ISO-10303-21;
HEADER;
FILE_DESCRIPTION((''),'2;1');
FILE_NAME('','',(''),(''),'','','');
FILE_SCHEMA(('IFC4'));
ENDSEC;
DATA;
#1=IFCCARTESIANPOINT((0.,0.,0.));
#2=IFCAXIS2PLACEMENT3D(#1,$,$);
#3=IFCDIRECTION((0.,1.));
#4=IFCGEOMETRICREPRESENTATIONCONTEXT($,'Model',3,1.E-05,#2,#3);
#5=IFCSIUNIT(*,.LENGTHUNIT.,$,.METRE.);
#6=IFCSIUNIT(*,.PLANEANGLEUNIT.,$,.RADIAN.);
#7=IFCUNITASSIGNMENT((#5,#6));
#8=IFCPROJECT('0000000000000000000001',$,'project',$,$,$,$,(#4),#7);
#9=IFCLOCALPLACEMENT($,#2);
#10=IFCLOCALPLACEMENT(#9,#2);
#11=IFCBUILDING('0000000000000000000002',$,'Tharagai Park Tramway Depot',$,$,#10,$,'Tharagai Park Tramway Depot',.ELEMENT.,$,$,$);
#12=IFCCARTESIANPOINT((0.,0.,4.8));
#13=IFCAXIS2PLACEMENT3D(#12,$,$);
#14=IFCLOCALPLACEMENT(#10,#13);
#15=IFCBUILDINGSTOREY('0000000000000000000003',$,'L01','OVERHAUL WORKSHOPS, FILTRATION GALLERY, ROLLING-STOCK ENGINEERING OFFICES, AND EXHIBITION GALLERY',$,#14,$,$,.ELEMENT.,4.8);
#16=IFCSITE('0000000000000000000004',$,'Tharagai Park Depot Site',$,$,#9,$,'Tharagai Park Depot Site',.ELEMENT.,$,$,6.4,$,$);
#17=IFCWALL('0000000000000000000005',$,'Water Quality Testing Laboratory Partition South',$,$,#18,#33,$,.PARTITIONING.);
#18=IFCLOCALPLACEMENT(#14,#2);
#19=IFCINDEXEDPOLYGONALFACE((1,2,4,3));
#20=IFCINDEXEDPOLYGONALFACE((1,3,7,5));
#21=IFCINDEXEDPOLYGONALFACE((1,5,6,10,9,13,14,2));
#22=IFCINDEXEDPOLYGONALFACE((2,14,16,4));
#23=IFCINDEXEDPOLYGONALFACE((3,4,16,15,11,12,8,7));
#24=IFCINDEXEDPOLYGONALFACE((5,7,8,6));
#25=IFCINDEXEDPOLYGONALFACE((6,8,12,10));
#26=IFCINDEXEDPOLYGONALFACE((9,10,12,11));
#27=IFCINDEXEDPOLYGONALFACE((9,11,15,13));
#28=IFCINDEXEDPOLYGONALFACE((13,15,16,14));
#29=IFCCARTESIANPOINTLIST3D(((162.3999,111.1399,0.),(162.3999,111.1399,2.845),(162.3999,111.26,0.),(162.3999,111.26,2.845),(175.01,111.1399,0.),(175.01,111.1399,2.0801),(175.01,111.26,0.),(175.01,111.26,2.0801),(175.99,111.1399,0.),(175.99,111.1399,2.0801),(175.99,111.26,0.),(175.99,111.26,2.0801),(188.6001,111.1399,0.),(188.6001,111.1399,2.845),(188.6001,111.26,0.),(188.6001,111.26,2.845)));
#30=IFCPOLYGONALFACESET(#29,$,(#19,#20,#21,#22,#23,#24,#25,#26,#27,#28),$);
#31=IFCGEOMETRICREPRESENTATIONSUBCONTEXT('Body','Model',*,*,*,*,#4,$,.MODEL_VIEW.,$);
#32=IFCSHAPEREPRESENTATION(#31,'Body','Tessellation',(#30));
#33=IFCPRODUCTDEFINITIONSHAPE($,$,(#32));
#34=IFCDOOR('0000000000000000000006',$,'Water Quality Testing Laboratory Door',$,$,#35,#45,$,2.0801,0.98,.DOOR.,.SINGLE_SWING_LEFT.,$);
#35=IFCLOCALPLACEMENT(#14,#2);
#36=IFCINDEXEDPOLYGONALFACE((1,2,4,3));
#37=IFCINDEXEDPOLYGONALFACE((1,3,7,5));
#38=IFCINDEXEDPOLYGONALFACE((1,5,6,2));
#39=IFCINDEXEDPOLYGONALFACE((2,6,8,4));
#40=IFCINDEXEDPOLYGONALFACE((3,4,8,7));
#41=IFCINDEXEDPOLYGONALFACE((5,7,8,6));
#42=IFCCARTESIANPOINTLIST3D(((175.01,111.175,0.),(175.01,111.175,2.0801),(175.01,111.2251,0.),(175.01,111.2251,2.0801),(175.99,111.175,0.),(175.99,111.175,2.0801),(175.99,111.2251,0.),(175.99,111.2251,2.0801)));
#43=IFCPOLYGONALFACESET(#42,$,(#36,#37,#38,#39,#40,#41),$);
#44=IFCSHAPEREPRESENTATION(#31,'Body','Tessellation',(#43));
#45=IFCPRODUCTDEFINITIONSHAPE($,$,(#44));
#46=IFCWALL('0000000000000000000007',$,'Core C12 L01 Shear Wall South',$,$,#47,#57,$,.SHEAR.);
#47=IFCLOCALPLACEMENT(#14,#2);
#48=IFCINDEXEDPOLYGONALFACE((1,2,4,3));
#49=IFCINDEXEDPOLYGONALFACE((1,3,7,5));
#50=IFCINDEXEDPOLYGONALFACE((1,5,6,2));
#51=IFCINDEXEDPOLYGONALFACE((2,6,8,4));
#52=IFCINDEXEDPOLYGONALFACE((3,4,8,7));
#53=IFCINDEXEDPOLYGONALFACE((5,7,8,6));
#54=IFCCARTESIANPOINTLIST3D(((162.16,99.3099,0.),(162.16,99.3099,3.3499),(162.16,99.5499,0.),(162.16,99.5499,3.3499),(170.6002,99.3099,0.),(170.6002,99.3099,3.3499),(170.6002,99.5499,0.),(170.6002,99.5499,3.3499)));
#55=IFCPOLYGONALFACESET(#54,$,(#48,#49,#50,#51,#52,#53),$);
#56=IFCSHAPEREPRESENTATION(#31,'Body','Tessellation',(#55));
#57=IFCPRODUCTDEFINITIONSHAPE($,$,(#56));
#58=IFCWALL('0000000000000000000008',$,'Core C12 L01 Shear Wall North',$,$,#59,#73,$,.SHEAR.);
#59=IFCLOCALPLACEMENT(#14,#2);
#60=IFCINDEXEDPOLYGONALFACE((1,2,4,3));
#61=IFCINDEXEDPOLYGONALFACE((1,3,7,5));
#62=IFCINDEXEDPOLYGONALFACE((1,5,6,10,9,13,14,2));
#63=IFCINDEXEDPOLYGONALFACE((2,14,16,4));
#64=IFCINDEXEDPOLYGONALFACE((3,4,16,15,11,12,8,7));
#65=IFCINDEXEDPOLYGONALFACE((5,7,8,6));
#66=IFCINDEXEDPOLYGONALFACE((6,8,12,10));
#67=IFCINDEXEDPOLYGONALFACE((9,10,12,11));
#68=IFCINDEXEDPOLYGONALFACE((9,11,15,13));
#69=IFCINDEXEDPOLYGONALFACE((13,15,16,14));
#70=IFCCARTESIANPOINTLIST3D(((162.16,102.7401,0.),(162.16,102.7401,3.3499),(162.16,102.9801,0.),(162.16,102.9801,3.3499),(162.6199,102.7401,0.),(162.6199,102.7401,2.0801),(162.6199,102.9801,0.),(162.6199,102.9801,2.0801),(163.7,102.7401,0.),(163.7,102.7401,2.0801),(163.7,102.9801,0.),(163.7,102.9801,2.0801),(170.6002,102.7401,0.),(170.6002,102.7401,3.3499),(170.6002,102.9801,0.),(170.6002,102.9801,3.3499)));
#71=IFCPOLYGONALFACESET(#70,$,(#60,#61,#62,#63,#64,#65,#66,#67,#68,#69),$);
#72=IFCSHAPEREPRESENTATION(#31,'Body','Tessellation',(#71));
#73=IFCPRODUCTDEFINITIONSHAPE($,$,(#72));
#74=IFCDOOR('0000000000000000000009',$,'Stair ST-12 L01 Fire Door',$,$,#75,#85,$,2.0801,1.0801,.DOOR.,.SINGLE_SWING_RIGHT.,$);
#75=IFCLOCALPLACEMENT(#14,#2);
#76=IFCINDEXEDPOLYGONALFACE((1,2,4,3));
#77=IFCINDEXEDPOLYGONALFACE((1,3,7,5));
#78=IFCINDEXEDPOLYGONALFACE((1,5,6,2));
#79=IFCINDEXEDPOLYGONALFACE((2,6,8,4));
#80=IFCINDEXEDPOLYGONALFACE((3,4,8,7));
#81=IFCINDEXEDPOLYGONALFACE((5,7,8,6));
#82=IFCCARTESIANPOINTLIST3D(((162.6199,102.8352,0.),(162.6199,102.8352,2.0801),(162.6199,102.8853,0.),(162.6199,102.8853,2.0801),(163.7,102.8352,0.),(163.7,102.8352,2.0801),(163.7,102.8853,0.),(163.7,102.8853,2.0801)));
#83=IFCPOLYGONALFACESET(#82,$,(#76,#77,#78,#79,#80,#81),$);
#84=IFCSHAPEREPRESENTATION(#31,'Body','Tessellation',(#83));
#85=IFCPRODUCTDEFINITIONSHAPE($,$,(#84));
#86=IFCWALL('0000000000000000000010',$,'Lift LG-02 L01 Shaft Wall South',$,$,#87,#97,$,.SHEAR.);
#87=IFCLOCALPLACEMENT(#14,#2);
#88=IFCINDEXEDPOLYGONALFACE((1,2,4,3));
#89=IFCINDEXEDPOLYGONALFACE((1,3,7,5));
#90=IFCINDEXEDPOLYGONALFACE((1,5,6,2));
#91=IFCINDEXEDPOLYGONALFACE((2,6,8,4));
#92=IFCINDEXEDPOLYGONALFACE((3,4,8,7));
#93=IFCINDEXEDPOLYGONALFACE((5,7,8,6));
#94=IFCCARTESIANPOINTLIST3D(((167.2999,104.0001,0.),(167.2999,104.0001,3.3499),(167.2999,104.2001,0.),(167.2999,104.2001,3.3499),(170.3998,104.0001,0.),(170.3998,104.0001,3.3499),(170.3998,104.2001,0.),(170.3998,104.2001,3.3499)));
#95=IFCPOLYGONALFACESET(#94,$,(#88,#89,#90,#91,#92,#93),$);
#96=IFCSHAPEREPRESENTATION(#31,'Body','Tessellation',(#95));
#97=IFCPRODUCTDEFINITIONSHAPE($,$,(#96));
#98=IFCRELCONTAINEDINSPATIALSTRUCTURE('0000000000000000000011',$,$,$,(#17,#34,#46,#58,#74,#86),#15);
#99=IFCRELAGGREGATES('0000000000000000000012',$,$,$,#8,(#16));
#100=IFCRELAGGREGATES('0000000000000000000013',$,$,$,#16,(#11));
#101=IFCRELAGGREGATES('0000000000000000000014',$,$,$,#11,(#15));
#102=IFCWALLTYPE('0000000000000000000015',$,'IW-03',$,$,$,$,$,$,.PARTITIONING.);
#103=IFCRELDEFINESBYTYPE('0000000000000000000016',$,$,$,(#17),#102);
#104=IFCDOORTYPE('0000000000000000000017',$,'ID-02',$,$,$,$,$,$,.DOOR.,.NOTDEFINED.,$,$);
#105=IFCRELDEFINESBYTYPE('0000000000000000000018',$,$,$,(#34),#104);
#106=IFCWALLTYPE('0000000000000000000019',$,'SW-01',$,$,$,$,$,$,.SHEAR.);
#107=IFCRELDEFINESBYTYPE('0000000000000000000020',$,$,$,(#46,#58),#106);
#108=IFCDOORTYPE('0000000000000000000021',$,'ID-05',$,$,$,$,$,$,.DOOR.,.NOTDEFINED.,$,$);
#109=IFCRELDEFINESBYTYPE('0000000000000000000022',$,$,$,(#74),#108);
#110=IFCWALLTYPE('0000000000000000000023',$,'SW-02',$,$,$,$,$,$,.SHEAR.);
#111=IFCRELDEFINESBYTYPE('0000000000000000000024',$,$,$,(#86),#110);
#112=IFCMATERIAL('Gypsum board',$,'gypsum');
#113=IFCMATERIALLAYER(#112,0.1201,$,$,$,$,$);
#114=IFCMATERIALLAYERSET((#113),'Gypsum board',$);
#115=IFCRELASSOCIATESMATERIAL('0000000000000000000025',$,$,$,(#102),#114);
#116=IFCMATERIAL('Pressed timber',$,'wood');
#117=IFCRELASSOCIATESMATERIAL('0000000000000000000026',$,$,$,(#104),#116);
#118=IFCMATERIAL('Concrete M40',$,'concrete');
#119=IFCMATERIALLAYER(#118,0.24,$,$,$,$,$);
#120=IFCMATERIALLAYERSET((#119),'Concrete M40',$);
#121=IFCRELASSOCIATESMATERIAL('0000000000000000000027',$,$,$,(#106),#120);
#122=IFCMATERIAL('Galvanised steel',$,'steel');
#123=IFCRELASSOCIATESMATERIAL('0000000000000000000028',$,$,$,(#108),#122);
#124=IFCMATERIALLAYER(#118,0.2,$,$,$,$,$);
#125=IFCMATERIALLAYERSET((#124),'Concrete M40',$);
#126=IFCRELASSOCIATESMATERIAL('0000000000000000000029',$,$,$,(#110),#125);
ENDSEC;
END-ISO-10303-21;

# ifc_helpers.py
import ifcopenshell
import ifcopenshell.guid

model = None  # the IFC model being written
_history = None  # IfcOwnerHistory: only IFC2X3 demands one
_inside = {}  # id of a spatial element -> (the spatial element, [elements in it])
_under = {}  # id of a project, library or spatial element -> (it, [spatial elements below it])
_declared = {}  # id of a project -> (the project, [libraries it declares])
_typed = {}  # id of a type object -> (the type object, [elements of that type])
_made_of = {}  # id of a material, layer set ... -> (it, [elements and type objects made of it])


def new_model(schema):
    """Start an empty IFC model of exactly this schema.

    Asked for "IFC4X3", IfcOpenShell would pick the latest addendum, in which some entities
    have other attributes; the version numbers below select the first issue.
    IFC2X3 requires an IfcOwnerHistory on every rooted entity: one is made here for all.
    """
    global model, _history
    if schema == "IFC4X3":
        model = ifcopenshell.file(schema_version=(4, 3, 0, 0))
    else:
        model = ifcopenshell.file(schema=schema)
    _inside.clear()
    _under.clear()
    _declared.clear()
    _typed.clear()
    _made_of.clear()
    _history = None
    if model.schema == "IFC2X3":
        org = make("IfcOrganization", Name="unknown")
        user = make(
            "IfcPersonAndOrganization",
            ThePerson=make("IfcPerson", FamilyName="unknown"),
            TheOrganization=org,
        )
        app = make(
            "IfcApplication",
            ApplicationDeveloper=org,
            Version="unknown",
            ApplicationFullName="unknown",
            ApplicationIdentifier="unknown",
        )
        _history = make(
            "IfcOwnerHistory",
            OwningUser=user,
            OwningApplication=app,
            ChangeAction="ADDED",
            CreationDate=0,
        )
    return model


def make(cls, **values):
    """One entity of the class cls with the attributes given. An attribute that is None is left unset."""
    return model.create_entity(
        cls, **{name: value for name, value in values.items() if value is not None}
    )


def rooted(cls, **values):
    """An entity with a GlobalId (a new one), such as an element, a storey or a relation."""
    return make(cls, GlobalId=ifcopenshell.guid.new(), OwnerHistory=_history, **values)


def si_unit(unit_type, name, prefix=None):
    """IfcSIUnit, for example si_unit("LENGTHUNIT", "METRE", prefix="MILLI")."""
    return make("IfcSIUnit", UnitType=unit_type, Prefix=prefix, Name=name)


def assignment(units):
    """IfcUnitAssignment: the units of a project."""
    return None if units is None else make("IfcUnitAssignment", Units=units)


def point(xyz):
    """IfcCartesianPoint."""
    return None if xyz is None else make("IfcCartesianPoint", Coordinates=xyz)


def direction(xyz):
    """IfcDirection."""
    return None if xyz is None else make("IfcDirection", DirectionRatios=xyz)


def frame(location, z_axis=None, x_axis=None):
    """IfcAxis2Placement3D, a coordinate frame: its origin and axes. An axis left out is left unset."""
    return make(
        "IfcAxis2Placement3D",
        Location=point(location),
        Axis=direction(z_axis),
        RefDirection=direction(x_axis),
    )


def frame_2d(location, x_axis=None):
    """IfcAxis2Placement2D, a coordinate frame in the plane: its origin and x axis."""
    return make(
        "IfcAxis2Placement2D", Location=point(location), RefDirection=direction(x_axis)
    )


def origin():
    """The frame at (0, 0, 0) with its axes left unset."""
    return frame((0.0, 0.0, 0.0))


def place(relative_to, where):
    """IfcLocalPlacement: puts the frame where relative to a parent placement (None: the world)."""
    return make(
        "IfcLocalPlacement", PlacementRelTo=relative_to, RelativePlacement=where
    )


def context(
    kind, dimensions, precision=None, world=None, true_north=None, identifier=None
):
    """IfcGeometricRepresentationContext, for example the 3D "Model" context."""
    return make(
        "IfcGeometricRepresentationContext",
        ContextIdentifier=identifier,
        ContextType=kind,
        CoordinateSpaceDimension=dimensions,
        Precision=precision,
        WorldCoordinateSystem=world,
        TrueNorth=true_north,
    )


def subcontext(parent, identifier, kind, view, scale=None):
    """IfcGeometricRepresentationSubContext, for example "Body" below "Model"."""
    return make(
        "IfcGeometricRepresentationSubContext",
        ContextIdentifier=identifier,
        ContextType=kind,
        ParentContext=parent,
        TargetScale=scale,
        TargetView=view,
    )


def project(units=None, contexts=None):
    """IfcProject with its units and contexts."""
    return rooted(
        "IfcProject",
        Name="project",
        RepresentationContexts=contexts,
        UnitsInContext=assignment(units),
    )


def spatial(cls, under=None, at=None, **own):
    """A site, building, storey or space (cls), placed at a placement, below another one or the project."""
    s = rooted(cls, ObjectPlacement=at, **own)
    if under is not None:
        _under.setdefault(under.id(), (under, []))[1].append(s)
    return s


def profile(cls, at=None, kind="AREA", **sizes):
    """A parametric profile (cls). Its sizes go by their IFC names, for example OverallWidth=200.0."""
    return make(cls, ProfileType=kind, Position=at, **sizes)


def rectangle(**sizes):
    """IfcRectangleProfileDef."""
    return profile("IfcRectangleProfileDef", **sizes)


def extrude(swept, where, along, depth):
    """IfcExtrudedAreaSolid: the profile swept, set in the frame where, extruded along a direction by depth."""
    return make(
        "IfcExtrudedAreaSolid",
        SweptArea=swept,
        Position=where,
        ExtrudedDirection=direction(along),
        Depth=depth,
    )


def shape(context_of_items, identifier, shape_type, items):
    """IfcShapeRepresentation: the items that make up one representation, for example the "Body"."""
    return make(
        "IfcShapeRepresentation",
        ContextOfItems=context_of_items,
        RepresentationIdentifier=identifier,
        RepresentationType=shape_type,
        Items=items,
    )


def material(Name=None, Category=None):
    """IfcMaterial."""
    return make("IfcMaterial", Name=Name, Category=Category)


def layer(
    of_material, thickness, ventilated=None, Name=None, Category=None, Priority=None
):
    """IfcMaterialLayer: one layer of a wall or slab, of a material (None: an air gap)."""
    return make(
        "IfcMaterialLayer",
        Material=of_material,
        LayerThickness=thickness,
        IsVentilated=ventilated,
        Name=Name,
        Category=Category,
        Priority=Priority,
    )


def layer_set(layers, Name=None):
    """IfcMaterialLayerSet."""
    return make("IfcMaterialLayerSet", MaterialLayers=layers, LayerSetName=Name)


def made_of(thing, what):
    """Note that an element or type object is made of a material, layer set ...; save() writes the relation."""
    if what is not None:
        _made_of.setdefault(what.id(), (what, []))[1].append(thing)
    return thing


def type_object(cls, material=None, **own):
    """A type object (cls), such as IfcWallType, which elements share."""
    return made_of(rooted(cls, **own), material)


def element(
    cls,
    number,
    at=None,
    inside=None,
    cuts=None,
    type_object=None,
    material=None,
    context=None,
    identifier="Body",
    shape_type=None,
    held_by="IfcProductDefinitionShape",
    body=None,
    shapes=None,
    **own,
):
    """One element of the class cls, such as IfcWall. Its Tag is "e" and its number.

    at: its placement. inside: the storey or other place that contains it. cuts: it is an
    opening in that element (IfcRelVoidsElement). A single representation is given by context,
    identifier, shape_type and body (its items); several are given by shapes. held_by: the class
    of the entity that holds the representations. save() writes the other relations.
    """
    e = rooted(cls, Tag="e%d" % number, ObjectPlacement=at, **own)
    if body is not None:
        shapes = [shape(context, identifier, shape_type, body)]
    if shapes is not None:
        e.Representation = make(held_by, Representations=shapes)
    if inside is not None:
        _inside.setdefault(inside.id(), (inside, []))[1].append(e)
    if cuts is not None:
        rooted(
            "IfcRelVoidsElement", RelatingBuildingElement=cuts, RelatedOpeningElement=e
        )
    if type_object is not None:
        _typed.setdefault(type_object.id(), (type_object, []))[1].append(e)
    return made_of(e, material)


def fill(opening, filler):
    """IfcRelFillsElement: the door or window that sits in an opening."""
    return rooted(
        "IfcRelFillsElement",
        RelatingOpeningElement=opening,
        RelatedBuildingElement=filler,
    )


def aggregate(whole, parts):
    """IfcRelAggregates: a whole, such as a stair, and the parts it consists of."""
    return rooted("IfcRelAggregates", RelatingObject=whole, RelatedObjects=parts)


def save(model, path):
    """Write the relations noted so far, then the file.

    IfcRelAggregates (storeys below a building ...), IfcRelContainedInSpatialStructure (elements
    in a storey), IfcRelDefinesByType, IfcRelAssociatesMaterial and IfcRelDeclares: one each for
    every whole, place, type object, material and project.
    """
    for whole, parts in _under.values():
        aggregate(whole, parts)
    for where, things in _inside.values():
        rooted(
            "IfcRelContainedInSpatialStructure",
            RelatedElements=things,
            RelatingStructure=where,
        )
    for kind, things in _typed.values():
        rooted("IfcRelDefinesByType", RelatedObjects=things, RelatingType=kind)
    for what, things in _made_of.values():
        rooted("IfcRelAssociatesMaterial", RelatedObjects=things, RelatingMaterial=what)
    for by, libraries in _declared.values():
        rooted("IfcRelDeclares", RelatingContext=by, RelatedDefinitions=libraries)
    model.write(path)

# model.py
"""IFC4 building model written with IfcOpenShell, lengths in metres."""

from ifc_helpers import new_model, si_unit, direction, frame, frame_2d, origin, place, context, subcontext, project, spatial, rectangle, extrude, material, layer, layer_set, type_object, element, fill, save


model = new_model("IFC4")

# Units and contexts
model_context = context("Model", 3, precision=1e-05, world=origin(), true_north=direction((0.0, 1.0)))
body_context = subcontext(model_context, "Body", "Model", "MODEL_VIEW")
ifc_project = project(units=[si_unit("LENGTHUNIT", "METRE"), si_unit("PLANEANGLEUNIT", "RADIAN")], contexts=[model_context])

# Site, building, storey
site_placement = place(None, origin())
site = spatial("IfcSite", under=ifc_project, at=site_placement, Name="Tharagai Park Depot Site", LongName="Tharagai Park Depot Site", CompositionType="ELEMENT", RefElevation=6.4)
building_placement = place(site_placement, origin())
building = spatial("IfcBuilding", under=site, at=building_placement, Name="Tharagai Park Tramway Depot", LongName="Tharagai Park Tramway Depot", CompositionType="ELEMENT")
storey_placement = place(building_placement, frame((0.0, 0.0, 4.8)))
storey = spatial("IfcBuildingStorey", under=building, at=storey_placement, Name="L01", Description="OVERHAUL WORKSHOPS, FILTRATION GALLERY, ROLLING-STOCK ENGINEERING OFFICES, AND EXHIBITION GALLERY", CompositionType="ELEMENT", Elevation=4.8)

# Wall, opening, door
ifc_material_1 = material(Name="Gypsum board", Category="gypsum")
ifc_layer_1 = layer(ifc_material_1, 0.1201)
ifc_layer_set_1 = layer_set([ifc_layer_1], Name="Gypsum board")
wall_type_1 = type_object("IfcWallType", Name="IW-03", PredefinedType="PARTITIONING", material=ifc_layer_set_1)
wall_1_placement = place(storey_placement, frame((162.3999, 111.2, 0.0), z_axis=(0.0, 0.0, 1.0), x_axis=(1.0, 0.0, 0.0)))
wall_1 = element("IfcWall", 1, at=wall_1_placement, inside=storey, type_object=wall_type_1, Name="Water Quality Testing Laboratory Partition South", PredefinedType="PARTITIONING", context=body_context, shape_type="SweptSolid", body=[
    extrude(rectangle(XDim=26.2002, YDim=0.1201, at=frame_2d((13.1001, 0.0))), origin(), (0.0, 0.0, 1.0), 2.845),
])
opening_1_placement = place(wall_1_placement, frame((12.6101, 0.0, 0.0)))
opening_1 = element("IfcOpeningElement", 2, at=opening_1_placement, cuts=wall_1, PredefinedType="OPENING", context=body_context, shape_type="SweptSolid", body=[
    extrude(rectangle(XDim=0.98, YDim=2.0801, at=frame_2d((0.49, 1.04))), frame((0.0, 0.0701, 0.0), z_axis=(0.0, -1.0, 0.0), x_axis=(1.0, 0.0, 0.0)), (0.0, 0.0, 1.0), 0.1401),
])
ifc_material_2 = material(Name="Pressed timber", Category="wood")
door_type_1 = type_object("IfcDoorType", Name="ID-02", OperationType="NOTDEFINED", PredefinedType="DOOR", material=ifc_material_2)
door_1_placement = place(opening_1_placement, frame((0.98, 0.0, 0.0), z_axis=(0.0, 0.0, 1.0), x_axis=(-1.0, 0.0, 0.0)))
door_1 = element("IfcDoor", 3, at=door_1_placement, inside=storey, type_object=door_type_1, Name="Water Quality Testing Laboratory Door", OperationType="SINGLE_SWING_LEFT", OverallHeight=2.0801, OverallWidth=0.98, PredefinedType="DOOR", context=body_context, shape_type="SweptSolid", body=[
    extrude(rectangle(XDim=0.98, YDim=2.0801, at=frame_2d((0.49, 1.04))), frame((0.0, 0.0249, 0.0), z_axis=(0.0, -1.0, 0.0), x_axis=(1.0, 0.0, 0.0)), (0.0, 0.0, 1.0), 0.05),
])
fill(opening_1, door_1)

# Wall
ifc_material_3 = material(Name="Concrete M40", Category="concrete")
ifc_layer_2 = layer(ifc_material_3, 0.24)
ifc_layer_set_2 = layer_set([ifc_layer_2], Name="Concrete M40")
wall_type_2 = type_object("IfcWallType", Name="SW-01", PredefinedType="SHEAR", material=ifc_layer_set_2)
wall_2_placement = place(storey_placement, frame((162.1599, 99.4299, 0.0), z_axis=(0.0, 0.0, 1.0), x_axis=(1.0, 0.0, 0.0)))
element("IfcWall", 4, at=wall_2_placement, inside=storey, type_object=wall_type_2, Name="Core C12 L01 Shear Wall South", PredefinedType="SHEAR", context=body_context, shape_type="SweptSolid", body=[
    extrude(rectangle(XDim=8.4402, YDim=0.24, at=frame_2d((4.2202, 0.0))), origin(), (0.0, 0.0, 1.0), 3.3499),
])

# Wall, opening, door
wall_3_placement = place(storey_placement, frame((162.1599, 102.8601, 0.0), z_axis=(0.0, 0.0, 1.0), x_axis=(1.0, 0.0, 0.0)))
wall_3 = element("IfcWall", 5, at=wall_3_placement, inside=storey, type_object=wall_type_2, Name="Core C12 L01 Shear Wall North", PredefinedType="SHEAR", context=body_context, shape_type="SweptSolid", body=[
    extrude(rectangle(XDim=8.4402, YDim=0.24, at=frame_2d((4.2202, 0.0))), origin(), (0.0, 0.0, 1.0), 3.3499),
])
opening_2_placement = place(wall_3_placement, frame((0.46, 0.0, 0.0)))
opening_2 = element("IfcOpeningElement", 6, at=opening_2_placement, cuts=wall_3, PredefinedType="OPENING", context=body_context, shape_type="SweptSolid", body=[
    extrude(rectangle(XDim=1.0801, YDim=2.0801, at=frame_2d((0.54, 1.04))), frame((0.0, 0.1299, 0.0), z_axis=(0.0, -1.0, 0.0), x_axis=(1.0, 0.0, 0.0)), (0.0, 0.0, 1.0), 0.26),
])
ifc_material_4 = material(Name="Galvanised steel", Category="steel")
door_type_2 = type_object("IfcDoorType", Name="ID-05", OperationType="NOTDEFINED", PredefinedType="DOOR", material=ifc_material_4)
door_2_placement = place(opening_2_placement, frame((1.0801, 0.0, 0.0), z_axis=(0.0, 0.0, 1.0), x_axis=(-1.0, 0.0, 0.0)))
door_2 = element("IfcDoor", 7, at=door_2_placement, inside=storey, type_object=door_type_2, Name="Stair ST-12 L01 Fire Door", OperationType="SINGLE_SWING_RIGHT", OverallHeight=2.0801, OverallWidth=1.0801, PredefinedType="DOOR", context=body_context, shape_type="SweptSolid", body=[
    extrude(rectangle(XDim=1.0801, YDim=2.0801, at=frame_2d((0.54, 1.04))), frame((0.0, 0.0249, 0.0), z_axis=(0.0, -1.0, 0.0), x_axis=(1.0, 0.0, 0.0)), (0.0, 0.0, 1.0), 0.05),
])
fill(opening_2, door_2)

# Wall
ifc_layer_3 = layer(ifc_material_3, 0.2)
ifc_layer_set_3 = layer_set([ifc_layer_3], Name="Concrete M40")
wall_type_3 = type_object("IfcWallType", Name="SW-02", PredefinedType="SHEAR", material=ifc_layer_set_3)
wall_4_placement = place(storey_placement, frame((167.3, 104.1001, 0.0), z_axis=(0.0, 0.0, 1.0), x_axis=(1.0, 0.0, 0.0)))
element("IfcWall", 8, at=wall_4_placement, inside=storey, type_object=wall_type_3, Name="Lift LG-02 L01 Shaft Wall South", PredefinedType="SHEAR", context=body_context, shape_type="SweptSolid", body=[
    extrude(rectangle(XDim=3.0999, YDim=0.2, at=frame_2d((1.5498, 0.0))), origin(), (0.0, 0.0, 1.0), 3.3499),
])

save(model, "model.ifc")
